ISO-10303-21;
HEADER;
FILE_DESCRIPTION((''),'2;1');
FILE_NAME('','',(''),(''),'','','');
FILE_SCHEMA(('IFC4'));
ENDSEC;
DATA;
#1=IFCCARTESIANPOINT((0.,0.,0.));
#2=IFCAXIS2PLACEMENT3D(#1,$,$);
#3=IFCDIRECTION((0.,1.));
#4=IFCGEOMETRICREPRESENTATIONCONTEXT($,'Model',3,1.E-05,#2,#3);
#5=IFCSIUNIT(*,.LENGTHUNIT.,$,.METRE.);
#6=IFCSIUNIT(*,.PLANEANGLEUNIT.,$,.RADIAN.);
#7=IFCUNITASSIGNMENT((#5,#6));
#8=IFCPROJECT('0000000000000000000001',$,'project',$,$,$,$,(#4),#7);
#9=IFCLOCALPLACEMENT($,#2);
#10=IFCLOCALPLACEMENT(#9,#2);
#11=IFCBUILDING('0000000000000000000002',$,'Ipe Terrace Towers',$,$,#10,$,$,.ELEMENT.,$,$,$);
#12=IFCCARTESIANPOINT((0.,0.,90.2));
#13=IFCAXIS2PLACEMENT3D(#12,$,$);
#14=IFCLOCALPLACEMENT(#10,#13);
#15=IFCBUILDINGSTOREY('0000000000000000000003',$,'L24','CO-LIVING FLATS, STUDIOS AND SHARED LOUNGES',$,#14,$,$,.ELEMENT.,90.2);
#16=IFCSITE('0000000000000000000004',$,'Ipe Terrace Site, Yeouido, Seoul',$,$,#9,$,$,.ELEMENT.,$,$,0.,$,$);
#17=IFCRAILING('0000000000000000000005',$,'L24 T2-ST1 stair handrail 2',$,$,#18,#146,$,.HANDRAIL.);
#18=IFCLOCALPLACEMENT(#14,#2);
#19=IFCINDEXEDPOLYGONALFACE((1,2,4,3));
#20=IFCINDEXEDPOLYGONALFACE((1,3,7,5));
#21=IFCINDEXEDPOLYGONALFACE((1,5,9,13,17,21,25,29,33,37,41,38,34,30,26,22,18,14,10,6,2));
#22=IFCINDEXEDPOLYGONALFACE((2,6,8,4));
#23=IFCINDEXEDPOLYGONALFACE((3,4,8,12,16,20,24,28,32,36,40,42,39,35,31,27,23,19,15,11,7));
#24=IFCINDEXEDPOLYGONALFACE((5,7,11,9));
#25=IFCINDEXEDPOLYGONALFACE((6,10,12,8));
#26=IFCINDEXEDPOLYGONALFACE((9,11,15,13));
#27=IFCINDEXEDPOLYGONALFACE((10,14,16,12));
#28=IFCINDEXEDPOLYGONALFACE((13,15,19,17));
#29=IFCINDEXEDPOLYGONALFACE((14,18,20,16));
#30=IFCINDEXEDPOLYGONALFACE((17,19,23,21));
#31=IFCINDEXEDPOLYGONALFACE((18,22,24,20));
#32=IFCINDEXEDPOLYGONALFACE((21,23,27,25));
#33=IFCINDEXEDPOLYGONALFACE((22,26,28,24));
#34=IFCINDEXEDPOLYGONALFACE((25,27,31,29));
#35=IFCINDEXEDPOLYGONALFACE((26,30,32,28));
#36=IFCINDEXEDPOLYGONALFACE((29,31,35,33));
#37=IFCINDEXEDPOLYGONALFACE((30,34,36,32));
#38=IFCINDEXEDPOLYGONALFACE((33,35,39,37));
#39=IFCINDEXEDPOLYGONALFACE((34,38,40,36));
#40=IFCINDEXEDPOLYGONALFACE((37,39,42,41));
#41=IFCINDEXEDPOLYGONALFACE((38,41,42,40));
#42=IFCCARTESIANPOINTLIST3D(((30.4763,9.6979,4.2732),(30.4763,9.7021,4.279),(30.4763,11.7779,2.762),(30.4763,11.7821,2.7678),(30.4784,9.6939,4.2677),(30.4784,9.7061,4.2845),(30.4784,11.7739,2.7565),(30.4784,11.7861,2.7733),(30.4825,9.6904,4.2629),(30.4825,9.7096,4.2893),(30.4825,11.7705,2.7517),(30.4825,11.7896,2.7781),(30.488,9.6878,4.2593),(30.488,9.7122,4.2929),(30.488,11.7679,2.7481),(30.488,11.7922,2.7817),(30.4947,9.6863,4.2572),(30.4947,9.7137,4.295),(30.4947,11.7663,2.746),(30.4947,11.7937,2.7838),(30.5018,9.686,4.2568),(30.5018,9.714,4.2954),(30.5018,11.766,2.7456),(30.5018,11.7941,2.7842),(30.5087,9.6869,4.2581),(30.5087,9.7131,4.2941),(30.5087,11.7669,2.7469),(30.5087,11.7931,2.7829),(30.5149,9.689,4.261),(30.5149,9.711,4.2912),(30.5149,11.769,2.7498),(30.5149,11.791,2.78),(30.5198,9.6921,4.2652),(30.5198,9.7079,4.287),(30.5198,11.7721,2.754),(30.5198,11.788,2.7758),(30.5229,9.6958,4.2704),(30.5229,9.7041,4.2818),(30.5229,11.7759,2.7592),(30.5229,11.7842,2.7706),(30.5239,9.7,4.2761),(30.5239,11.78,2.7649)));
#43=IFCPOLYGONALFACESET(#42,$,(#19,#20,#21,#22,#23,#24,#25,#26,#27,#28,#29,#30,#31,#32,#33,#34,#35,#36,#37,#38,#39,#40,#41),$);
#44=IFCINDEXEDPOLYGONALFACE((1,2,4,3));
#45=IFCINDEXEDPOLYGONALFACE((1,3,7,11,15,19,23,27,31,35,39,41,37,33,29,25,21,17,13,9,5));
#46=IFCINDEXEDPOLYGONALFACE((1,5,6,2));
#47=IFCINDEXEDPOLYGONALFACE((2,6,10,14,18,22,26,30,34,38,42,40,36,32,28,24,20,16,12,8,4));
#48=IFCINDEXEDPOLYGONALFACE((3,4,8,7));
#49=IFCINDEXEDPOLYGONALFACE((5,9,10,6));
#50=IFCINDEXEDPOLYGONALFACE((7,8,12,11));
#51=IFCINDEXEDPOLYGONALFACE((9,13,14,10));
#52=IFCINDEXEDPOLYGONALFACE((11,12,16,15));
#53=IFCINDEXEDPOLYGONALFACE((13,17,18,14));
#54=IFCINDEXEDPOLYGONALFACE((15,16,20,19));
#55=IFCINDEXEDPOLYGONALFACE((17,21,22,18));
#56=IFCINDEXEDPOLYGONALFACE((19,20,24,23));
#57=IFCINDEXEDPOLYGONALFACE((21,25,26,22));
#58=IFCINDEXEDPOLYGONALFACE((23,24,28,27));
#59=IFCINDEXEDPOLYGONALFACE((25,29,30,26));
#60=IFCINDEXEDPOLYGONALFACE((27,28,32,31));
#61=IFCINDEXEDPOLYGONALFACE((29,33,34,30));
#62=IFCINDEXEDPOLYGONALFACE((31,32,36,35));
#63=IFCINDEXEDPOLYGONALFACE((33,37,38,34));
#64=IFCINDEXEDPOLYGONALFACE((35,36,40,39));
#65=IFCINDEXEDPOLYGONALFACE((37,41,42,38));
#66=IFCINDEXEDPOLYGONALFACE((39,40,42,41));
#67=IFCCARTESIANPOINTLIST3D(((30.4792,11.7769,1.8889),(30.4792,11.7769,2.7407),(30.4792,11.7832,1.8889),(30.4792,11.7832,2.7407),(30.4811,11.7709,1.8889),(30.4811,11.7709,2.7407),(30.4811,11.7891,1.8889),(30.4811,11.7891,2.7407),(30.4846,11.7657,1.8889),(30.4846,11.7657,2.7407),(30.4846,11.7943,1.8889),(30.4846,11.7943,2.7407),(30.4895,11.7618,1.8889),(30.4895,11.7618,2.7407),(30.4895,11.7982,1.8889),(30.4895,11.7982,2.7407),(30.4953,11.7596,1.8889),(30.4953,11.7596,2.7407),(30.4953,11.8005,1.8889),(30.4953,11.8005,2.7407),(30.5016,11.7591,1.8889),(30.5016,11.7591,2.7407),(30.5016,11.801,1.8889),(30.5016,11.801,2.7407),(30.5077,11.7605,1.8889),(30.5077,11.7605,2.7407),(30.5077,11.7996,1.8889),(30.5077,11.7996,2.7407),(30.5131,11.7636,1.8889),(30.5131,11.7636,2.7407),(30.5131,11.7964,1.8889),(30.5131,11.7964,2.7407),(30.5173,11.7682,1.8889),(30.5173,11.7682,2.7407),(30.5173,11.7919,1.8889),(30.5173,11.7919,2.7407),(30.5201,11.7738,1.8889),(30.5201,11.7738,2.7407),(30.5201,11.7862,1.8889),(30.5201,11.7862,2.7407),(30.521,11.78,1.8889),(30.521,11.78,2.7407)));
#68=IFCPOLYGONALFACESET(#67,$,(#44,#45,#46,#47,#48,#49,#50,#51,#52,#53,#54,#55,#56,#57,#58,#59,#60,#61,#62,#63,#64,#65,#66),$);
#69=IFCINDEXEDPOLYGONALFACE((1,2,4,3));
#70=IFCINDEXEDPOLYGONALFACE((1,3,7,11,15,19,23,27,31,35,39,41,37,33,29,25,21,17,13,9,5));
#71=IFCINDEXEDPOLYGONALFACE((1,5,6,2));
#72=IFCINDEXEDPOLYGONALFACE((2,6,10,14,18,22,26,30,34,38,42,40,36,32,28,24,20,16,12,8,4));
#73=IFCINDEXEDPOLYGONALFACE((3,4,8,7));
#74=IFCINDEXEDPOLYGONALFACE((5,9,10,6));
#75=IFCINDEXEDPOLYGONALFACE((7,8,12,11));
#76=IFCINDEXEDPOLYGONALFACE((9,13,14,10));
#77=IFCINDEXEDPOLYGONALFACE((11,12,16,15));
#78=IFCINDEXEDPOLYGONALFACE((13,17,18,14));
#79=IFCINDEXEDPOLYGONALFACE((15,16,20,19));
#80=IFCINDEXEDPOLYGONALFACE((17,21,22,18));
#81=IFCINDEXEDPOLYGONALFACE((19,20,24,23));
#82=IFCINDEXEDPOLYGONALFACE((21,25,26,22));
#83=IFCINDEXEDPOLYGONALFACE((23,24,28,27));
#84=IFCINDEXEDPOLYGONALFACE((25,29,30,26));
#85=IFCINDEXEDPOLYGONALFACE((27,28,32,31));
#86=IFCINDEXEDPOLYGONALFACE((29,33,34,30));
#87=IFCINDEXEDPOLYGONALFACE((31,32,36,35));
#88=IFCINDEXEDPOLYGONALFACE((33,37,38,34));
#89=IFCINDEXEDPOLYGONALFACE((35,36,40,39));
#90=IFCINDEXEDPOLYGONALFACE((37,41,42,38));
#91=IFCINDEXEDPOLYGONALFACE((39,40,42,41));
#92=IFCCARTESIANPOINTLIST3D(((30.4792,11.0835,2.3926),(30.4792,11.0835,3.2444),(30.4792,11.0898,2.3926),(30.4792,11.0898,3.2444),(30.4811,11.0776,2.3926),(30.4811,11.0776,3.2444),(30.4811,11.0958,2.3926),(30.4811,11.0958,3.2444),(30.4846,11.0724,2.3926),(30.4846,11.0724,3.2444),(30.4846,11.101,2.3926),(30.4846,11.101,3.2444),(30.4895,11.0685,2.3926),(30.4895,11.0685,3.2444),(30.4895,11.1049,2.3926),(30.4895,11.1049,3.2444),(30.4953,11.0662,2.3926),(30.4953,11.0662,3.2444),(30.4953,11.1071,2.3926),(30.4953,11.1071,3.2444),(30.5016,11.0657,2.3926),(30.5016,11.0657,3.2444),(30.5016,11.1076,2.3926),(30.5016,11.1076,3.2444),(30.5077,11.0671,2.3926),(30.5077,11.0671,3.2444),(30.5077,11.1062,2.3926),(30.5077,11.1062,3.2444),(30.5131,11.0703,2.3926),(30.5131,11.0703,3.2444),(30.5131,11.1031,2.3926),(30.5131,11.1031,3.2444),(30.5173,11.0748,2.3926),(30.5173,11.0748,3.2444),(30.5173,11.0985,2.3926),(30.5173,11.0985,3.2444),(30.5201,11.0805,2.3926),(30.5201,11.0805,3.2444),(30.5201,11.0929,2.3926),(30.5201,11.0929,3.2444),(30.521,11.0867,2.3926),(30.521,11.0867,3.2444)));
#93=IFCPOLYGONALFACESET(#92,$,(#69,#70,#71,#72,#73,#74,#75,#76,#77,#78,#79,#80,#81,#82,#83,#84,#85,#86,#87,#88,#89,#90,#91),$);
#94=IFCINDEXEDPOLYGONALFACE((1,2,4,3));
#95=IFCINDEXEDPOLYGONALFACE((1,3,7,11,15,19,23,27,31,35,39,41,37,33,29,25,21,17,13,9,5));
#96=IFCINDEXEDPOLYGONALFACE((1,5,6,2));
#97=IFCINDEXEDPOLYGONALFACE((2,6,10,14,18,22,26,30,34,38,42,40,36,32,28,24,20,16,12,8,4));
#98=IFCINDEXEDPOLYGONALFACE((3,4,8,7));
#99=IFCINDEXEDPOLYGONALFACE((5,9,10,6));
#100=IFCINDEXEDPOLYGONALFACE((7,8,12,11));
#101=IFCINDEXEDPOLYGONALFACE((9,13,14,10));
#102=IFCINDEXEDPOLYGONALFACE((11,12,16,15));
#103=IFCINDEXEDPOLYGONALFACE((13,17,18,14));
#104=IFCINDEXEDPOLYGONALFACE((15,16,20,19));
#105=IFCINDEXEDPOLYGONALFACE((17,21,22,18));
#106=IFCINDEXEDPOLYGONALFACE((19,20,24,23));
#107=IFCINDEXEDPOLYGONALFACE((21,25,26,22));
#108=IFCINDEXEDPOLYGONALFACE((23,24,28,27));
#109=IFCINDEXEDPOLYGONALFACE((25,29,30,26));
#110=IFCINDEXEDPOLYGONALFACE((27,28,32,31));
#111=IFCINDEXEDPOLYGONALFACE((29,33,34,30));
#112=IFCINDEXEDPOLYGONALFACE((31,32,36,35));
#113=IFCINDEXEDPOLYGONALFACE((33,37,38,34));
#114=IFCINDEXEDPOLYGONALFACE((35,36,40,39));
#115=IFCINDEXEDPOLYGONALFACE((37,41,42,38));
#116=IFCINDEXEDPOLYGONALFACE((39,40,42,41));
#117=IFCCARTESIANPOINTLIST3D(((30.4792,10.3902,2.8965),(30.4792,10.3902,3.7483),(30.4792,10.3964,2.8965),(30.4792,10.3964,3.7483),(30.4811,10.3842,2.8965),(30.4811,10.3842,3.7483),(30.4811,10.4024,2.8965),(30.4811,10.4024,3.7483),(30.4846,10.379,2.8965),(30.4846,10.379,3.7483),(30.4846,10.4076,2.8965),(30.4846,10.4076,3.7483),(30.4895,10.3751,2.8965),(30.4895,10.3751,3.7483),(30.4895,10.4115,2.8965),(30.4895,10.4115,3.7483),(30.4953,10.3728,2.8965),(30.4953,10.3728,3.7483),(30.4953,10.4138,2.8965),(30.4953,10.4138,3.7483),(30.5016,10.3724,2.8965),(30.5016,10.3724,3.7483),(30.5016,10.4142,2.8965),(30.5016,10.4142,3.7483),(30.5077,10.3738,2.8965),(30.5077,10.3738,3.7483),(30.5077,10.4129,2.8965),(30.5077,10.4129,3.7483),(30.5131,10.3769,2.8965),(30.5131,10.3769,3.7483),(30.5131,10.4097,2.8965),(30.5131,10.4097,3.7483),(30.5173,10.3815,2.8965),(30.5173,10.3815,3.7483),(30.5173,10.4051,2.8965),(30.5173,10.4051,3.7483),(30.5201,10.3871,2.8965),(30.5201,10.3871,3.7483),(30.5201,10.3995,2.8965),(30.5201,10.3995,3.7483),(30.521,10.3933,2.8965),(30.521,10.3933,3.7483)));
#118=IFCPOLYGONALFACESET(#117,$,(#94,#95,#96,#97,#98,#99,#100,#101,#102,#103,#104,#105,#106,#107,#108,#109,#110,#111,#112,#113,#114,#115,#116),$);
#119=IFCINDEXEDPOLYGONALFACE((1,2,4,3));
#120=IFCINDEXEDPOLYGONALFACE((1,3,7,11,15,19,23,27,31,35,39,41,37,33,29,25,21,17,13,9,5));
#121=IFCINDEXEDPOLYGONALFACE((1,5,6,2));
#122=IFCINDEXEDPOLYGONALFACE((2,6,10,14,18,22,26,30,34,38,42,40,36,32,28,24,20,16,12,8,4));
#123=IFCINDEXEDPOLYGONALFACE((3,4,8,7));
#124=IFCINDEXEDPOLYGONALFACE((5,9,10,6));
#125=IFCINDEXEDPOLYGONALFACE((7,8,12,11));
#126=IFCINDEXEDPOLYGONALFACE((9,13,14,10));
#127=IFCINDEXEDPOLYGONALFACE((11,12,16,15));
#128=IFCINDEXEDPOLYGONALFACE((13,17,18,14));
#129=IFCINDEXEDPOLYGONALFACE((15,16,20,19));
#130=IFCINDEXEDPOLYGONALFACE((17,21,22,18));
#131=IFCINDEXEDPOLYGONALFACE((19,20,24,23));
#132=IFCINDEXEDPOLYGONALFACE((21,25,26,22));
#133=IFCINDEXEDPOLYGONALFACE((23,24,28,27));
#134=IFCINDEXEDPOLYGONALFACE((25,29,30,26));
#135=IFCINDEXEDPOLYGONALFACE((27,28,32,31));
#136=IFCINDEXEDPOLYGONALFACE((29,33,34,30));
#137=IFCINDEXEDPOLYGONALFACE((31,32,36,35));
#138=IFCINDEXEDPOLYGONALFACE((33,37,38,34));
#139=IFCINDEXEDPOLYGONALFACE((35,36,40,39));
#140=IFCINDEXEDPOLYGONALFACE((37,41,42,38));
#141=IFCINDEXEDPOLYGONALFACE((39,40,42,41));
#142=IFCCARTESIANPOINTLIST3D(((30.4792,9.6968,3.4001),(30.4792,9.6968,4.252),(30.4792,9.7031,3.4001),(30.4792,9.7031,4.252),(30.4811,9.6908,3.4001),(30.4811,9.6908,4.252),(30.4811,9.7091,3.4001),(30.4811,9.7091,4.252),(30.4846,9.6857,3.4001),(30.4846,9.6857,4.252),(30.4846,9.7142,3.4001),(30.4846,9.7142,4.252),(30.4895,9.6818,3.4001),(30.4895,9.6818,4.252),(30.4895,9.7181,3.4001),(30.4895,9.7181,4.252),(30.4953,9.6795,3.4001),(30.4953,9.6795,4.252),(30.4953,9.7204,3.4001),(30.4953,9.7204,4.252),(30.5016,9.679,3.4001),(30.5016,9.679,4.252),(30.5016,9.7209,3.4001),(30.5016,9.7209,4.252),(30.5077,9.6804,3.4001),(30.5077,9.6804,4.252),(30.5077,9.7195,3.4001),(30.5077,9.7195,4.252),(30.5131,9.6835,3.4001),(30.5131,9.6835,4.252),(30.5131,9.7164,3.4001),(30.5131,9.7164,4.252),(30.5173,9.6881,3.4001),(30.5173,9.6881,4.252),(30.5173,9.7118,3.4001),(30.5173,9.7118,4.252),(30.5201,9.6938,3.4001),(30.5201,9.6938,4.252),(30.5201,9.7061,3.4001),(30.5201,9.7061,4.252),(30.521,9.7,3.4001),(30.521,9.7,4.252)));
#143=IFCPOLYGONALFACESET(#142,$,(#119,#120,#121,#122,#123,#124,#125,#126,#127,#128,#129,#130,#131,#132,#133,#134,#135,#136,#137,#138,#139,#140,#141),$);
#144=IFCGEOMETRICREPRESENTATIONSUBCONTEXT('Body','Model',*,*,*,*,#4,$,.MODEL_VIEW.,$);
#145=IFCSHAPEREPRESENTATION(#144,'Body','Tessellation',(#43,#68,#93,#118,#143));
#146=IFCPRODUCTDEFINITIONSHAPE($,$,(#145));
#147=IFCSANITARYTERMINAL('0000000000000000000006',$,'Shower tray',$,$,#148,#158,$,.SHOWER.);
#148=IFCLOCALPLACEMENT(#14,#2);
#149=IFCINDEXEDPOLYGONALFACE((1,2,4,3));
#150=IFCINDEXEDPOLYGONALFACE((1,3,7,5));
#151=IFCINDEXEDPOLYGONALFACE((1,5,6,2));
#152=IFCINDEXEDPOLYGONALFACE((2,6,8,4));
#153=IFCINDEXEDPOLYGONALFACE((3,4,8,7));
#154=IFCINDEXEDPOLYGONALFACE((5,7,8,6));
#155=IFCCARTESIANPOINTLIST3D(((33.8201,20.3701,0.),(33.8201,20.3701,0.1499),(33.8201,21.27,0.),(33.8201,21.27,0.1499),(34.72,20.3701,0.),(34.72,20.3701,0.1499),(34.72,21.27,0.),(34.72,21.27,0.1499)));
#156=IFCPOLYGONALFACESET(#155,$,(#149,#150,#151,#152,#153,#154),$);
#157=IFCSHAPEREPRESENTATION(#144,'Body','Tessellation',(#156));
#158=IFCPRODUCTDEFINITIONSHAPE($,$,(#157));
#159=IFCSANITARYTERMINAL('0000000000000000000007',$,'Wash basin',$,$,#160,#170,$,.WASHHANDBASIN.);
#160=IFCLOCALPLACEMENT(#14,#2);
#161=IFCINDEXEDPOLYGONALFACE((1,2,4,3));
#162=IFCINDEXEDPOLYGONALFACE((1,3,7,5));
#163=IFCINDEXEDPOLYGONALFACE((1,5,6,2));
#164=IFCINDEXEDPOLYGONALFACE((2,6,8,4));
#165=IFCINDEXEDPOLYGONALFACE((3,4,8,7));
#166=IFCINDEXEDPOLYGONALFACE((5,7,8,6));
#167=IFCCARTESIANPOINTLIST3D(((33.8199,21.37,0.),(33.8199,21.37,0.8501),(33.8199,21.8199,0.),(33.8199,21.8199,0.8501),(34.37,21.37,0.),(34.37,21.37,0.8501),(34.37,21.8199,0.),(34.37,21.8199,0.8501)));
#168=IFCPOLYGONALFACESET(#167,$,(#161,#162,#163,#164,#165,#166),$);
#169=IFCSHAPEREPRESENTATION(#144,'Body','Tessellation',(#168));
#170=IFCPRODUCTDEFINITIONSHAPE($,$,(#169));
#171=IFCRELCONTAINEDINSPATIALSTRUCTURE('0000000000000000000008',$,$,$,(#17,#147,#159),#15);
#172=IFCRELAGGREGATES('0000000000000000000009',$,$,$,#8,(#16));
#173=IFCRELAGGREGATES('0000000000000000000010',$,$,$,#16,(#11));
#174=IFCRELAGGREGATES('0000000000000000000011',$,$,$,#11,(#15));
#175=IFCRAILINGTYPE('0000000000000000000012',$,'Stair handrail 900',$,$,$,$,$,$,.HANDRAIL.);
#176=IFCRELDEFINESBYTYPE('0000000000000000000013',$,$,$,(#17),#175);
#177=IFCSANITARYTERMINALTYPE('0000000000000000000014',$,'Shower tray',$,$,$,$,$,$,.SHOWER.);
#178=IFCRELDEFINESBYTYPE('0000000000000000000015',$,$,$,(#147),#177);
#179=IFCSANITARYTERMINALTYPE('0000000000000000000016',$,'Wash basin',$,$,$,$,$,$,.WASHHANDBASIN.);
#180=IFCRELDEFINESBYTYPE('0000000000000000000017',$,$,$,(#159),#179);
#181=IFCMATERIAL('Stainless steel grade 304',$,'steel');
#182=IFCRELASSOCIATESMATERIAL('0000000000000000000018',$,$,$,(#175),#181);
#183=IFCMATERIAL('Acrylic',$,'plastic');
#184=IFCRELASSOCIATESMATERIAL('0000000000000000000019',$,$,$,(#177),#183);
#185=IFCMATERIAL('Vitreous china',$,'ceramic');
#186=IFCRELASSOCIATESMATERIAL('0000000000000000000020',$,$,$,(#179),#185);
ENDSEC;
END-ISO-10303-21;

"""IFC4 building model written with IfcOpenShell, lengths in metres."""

from ifc_helpers import new_model, si_unit, direction, frame, origin, origin_2d, place, context, subcontext, project, spatial, rectangle, circle, extrude, material, type_object, element, save


model = new_model("IFC4")

# Units and contexts
model_context = context("Model", 3, precision=1e-05, world=origin(), true_north=direction((0.0, 1.0)))
body_context = subcontext(model_context, "Body", "Model", "MODEL_VIEW")
ifc_project = project(units=[si_unit("LENGTHUNIT", "METRE"), si_unit("PLANEANGLEUNIT", "RADIAN")], contexts=[model_context])

# Site, building, storey
site_placement = place(None, origin())
site = spatial("IfcSite", under=ifc_project, at=site_placement, Name="Ipe Terrace Site, Yeouido, Seoul", CompositionType="ELEMENT", RefElevation=0.0)
building_placement = place(site_placement, origin())
building = spatial("IfcBuilding", under=site, at=building_placement, Name="Ipe Terrace Towers", CompositionType="ELEMENT")
storey_placement = place(building_placement, frame((0.0, 0.0, 90.2)))
storey = spatial("IfcBuildingStorey", under=building, at=storey_placement, Name="L24", Description="CO-LIVING FLATS, STUDIOS AND SHARED LOUNGES", CompositionType="ELEMENT", Elevation=90.2)

# Railing
ifc_material_1 = material(Name="Stainless steel grade 304", Category="steel")
railing_type_1 = type_object("IfcRailingType", Name="Stair handrail 900", PredefinedType="HANDRAIL", material=ifc_material_1)
railing_1_placement = place(storey_placement, frame((30.5, 11.78, 1.8889)))
element("IfcRailing", 1, at=railing_1_placement, inside=storey, type_object=railing_type_1, Name="L24 T2-ST1 stair handrail 2", PredefinedType="HANDRAIL", context=body_context, shape_type="SweptSolid", body=[
    extrude(circle(Radius=0.0239, at=origin_2d()), frame((0.0, 0.0, 0.876), z_axis=(0.0, -0.809023, 0.587776), x_axis=(1.0, 0.0, 0.0)), (0.0, 0.0, 1.0), 2.571),
    extrude(circle(Radius=0.021, at=origin_2d()), origin(), (0.0, 0.0, 1.0), 0.8518),
    extrude(circle(Radius=0.021, at=origin_2d()), frame((0.0, -0.6934, 0.5037)), (0.0, 0.0, 1.0), 0.8518),
    extrude(circle(Radius=0.021, at=origin_2d()), frame((0.0, -1.3867, 1.0076)), (0.0, 0.0, 1.0), 0.8518),
    extrude(circle(Radius=0.021, at=origin_2d()), frame((0.0, -2.0801, 1.5112)), (0.0, 0.0, 1.0), 0.8518),
])

# Sanitary terminals
ifc_material_2 = material(Name="Acrylic", Category="plastic")
sanitary_terminal_type_1 = type_object("IfcSanitaryTerminalType", Name="Shower tray", PredefinedType="SHOWER", material=ifc_material_2)
sanitary_terminal_1_placement = place(storey_placement, frame((34.27, 20.8201, 0.0), z_axis=(0.0, 0.0, 1.0), x_axis=(1.0, 0.0, 0.0)))
element("IfcSanitaryTerminal", 2, at=sanitary_terminal_1_placement, inside=storey, type_object=sanitary_terminal_type_1, Name="Shower tray", PredefinedType="SHOWER", context=body_context, shape_type="SweptSolid", body=[
    extrude(rectangle(XDim=0.8999, YDim=0.8999, at=origin_2d()), origin(), (0.0, 0.0, 1.0), 0.1499),
])
ifc_material_3 = material(Name="Vitreous china", Category="ceramic")
sanitary_terminal_type_2 = type_object("IfcSanitaryTerminalType", Name="Wash basin", PredefinedType="WASHHANDBASIN", material=ifc_material_3)
sanitary_terminal_2_placement = place(storey_placement, frame((34.095, 21.595, 0.0), z_axis=(0.0, 0.0, 1.0), x_axis=(1.0, 0.0, 0.0)))
element("IfcSanitaryTerminal", 3, at=sanitary_terminal_2_placement, inside=storey, type_object=sanitary_terminal_type_2, Name="Wash basin", PredefinedType="WASHHANDBASIN", context=body_context, shape_type="SweptSolid", body=[
    extrude(rectangle(XDim=0.55, YDim=0.45, at=origin_2d()), origin(), (0.0, 0.0, 1.0), 0.8501),
])

save(model, "model.ifc")
